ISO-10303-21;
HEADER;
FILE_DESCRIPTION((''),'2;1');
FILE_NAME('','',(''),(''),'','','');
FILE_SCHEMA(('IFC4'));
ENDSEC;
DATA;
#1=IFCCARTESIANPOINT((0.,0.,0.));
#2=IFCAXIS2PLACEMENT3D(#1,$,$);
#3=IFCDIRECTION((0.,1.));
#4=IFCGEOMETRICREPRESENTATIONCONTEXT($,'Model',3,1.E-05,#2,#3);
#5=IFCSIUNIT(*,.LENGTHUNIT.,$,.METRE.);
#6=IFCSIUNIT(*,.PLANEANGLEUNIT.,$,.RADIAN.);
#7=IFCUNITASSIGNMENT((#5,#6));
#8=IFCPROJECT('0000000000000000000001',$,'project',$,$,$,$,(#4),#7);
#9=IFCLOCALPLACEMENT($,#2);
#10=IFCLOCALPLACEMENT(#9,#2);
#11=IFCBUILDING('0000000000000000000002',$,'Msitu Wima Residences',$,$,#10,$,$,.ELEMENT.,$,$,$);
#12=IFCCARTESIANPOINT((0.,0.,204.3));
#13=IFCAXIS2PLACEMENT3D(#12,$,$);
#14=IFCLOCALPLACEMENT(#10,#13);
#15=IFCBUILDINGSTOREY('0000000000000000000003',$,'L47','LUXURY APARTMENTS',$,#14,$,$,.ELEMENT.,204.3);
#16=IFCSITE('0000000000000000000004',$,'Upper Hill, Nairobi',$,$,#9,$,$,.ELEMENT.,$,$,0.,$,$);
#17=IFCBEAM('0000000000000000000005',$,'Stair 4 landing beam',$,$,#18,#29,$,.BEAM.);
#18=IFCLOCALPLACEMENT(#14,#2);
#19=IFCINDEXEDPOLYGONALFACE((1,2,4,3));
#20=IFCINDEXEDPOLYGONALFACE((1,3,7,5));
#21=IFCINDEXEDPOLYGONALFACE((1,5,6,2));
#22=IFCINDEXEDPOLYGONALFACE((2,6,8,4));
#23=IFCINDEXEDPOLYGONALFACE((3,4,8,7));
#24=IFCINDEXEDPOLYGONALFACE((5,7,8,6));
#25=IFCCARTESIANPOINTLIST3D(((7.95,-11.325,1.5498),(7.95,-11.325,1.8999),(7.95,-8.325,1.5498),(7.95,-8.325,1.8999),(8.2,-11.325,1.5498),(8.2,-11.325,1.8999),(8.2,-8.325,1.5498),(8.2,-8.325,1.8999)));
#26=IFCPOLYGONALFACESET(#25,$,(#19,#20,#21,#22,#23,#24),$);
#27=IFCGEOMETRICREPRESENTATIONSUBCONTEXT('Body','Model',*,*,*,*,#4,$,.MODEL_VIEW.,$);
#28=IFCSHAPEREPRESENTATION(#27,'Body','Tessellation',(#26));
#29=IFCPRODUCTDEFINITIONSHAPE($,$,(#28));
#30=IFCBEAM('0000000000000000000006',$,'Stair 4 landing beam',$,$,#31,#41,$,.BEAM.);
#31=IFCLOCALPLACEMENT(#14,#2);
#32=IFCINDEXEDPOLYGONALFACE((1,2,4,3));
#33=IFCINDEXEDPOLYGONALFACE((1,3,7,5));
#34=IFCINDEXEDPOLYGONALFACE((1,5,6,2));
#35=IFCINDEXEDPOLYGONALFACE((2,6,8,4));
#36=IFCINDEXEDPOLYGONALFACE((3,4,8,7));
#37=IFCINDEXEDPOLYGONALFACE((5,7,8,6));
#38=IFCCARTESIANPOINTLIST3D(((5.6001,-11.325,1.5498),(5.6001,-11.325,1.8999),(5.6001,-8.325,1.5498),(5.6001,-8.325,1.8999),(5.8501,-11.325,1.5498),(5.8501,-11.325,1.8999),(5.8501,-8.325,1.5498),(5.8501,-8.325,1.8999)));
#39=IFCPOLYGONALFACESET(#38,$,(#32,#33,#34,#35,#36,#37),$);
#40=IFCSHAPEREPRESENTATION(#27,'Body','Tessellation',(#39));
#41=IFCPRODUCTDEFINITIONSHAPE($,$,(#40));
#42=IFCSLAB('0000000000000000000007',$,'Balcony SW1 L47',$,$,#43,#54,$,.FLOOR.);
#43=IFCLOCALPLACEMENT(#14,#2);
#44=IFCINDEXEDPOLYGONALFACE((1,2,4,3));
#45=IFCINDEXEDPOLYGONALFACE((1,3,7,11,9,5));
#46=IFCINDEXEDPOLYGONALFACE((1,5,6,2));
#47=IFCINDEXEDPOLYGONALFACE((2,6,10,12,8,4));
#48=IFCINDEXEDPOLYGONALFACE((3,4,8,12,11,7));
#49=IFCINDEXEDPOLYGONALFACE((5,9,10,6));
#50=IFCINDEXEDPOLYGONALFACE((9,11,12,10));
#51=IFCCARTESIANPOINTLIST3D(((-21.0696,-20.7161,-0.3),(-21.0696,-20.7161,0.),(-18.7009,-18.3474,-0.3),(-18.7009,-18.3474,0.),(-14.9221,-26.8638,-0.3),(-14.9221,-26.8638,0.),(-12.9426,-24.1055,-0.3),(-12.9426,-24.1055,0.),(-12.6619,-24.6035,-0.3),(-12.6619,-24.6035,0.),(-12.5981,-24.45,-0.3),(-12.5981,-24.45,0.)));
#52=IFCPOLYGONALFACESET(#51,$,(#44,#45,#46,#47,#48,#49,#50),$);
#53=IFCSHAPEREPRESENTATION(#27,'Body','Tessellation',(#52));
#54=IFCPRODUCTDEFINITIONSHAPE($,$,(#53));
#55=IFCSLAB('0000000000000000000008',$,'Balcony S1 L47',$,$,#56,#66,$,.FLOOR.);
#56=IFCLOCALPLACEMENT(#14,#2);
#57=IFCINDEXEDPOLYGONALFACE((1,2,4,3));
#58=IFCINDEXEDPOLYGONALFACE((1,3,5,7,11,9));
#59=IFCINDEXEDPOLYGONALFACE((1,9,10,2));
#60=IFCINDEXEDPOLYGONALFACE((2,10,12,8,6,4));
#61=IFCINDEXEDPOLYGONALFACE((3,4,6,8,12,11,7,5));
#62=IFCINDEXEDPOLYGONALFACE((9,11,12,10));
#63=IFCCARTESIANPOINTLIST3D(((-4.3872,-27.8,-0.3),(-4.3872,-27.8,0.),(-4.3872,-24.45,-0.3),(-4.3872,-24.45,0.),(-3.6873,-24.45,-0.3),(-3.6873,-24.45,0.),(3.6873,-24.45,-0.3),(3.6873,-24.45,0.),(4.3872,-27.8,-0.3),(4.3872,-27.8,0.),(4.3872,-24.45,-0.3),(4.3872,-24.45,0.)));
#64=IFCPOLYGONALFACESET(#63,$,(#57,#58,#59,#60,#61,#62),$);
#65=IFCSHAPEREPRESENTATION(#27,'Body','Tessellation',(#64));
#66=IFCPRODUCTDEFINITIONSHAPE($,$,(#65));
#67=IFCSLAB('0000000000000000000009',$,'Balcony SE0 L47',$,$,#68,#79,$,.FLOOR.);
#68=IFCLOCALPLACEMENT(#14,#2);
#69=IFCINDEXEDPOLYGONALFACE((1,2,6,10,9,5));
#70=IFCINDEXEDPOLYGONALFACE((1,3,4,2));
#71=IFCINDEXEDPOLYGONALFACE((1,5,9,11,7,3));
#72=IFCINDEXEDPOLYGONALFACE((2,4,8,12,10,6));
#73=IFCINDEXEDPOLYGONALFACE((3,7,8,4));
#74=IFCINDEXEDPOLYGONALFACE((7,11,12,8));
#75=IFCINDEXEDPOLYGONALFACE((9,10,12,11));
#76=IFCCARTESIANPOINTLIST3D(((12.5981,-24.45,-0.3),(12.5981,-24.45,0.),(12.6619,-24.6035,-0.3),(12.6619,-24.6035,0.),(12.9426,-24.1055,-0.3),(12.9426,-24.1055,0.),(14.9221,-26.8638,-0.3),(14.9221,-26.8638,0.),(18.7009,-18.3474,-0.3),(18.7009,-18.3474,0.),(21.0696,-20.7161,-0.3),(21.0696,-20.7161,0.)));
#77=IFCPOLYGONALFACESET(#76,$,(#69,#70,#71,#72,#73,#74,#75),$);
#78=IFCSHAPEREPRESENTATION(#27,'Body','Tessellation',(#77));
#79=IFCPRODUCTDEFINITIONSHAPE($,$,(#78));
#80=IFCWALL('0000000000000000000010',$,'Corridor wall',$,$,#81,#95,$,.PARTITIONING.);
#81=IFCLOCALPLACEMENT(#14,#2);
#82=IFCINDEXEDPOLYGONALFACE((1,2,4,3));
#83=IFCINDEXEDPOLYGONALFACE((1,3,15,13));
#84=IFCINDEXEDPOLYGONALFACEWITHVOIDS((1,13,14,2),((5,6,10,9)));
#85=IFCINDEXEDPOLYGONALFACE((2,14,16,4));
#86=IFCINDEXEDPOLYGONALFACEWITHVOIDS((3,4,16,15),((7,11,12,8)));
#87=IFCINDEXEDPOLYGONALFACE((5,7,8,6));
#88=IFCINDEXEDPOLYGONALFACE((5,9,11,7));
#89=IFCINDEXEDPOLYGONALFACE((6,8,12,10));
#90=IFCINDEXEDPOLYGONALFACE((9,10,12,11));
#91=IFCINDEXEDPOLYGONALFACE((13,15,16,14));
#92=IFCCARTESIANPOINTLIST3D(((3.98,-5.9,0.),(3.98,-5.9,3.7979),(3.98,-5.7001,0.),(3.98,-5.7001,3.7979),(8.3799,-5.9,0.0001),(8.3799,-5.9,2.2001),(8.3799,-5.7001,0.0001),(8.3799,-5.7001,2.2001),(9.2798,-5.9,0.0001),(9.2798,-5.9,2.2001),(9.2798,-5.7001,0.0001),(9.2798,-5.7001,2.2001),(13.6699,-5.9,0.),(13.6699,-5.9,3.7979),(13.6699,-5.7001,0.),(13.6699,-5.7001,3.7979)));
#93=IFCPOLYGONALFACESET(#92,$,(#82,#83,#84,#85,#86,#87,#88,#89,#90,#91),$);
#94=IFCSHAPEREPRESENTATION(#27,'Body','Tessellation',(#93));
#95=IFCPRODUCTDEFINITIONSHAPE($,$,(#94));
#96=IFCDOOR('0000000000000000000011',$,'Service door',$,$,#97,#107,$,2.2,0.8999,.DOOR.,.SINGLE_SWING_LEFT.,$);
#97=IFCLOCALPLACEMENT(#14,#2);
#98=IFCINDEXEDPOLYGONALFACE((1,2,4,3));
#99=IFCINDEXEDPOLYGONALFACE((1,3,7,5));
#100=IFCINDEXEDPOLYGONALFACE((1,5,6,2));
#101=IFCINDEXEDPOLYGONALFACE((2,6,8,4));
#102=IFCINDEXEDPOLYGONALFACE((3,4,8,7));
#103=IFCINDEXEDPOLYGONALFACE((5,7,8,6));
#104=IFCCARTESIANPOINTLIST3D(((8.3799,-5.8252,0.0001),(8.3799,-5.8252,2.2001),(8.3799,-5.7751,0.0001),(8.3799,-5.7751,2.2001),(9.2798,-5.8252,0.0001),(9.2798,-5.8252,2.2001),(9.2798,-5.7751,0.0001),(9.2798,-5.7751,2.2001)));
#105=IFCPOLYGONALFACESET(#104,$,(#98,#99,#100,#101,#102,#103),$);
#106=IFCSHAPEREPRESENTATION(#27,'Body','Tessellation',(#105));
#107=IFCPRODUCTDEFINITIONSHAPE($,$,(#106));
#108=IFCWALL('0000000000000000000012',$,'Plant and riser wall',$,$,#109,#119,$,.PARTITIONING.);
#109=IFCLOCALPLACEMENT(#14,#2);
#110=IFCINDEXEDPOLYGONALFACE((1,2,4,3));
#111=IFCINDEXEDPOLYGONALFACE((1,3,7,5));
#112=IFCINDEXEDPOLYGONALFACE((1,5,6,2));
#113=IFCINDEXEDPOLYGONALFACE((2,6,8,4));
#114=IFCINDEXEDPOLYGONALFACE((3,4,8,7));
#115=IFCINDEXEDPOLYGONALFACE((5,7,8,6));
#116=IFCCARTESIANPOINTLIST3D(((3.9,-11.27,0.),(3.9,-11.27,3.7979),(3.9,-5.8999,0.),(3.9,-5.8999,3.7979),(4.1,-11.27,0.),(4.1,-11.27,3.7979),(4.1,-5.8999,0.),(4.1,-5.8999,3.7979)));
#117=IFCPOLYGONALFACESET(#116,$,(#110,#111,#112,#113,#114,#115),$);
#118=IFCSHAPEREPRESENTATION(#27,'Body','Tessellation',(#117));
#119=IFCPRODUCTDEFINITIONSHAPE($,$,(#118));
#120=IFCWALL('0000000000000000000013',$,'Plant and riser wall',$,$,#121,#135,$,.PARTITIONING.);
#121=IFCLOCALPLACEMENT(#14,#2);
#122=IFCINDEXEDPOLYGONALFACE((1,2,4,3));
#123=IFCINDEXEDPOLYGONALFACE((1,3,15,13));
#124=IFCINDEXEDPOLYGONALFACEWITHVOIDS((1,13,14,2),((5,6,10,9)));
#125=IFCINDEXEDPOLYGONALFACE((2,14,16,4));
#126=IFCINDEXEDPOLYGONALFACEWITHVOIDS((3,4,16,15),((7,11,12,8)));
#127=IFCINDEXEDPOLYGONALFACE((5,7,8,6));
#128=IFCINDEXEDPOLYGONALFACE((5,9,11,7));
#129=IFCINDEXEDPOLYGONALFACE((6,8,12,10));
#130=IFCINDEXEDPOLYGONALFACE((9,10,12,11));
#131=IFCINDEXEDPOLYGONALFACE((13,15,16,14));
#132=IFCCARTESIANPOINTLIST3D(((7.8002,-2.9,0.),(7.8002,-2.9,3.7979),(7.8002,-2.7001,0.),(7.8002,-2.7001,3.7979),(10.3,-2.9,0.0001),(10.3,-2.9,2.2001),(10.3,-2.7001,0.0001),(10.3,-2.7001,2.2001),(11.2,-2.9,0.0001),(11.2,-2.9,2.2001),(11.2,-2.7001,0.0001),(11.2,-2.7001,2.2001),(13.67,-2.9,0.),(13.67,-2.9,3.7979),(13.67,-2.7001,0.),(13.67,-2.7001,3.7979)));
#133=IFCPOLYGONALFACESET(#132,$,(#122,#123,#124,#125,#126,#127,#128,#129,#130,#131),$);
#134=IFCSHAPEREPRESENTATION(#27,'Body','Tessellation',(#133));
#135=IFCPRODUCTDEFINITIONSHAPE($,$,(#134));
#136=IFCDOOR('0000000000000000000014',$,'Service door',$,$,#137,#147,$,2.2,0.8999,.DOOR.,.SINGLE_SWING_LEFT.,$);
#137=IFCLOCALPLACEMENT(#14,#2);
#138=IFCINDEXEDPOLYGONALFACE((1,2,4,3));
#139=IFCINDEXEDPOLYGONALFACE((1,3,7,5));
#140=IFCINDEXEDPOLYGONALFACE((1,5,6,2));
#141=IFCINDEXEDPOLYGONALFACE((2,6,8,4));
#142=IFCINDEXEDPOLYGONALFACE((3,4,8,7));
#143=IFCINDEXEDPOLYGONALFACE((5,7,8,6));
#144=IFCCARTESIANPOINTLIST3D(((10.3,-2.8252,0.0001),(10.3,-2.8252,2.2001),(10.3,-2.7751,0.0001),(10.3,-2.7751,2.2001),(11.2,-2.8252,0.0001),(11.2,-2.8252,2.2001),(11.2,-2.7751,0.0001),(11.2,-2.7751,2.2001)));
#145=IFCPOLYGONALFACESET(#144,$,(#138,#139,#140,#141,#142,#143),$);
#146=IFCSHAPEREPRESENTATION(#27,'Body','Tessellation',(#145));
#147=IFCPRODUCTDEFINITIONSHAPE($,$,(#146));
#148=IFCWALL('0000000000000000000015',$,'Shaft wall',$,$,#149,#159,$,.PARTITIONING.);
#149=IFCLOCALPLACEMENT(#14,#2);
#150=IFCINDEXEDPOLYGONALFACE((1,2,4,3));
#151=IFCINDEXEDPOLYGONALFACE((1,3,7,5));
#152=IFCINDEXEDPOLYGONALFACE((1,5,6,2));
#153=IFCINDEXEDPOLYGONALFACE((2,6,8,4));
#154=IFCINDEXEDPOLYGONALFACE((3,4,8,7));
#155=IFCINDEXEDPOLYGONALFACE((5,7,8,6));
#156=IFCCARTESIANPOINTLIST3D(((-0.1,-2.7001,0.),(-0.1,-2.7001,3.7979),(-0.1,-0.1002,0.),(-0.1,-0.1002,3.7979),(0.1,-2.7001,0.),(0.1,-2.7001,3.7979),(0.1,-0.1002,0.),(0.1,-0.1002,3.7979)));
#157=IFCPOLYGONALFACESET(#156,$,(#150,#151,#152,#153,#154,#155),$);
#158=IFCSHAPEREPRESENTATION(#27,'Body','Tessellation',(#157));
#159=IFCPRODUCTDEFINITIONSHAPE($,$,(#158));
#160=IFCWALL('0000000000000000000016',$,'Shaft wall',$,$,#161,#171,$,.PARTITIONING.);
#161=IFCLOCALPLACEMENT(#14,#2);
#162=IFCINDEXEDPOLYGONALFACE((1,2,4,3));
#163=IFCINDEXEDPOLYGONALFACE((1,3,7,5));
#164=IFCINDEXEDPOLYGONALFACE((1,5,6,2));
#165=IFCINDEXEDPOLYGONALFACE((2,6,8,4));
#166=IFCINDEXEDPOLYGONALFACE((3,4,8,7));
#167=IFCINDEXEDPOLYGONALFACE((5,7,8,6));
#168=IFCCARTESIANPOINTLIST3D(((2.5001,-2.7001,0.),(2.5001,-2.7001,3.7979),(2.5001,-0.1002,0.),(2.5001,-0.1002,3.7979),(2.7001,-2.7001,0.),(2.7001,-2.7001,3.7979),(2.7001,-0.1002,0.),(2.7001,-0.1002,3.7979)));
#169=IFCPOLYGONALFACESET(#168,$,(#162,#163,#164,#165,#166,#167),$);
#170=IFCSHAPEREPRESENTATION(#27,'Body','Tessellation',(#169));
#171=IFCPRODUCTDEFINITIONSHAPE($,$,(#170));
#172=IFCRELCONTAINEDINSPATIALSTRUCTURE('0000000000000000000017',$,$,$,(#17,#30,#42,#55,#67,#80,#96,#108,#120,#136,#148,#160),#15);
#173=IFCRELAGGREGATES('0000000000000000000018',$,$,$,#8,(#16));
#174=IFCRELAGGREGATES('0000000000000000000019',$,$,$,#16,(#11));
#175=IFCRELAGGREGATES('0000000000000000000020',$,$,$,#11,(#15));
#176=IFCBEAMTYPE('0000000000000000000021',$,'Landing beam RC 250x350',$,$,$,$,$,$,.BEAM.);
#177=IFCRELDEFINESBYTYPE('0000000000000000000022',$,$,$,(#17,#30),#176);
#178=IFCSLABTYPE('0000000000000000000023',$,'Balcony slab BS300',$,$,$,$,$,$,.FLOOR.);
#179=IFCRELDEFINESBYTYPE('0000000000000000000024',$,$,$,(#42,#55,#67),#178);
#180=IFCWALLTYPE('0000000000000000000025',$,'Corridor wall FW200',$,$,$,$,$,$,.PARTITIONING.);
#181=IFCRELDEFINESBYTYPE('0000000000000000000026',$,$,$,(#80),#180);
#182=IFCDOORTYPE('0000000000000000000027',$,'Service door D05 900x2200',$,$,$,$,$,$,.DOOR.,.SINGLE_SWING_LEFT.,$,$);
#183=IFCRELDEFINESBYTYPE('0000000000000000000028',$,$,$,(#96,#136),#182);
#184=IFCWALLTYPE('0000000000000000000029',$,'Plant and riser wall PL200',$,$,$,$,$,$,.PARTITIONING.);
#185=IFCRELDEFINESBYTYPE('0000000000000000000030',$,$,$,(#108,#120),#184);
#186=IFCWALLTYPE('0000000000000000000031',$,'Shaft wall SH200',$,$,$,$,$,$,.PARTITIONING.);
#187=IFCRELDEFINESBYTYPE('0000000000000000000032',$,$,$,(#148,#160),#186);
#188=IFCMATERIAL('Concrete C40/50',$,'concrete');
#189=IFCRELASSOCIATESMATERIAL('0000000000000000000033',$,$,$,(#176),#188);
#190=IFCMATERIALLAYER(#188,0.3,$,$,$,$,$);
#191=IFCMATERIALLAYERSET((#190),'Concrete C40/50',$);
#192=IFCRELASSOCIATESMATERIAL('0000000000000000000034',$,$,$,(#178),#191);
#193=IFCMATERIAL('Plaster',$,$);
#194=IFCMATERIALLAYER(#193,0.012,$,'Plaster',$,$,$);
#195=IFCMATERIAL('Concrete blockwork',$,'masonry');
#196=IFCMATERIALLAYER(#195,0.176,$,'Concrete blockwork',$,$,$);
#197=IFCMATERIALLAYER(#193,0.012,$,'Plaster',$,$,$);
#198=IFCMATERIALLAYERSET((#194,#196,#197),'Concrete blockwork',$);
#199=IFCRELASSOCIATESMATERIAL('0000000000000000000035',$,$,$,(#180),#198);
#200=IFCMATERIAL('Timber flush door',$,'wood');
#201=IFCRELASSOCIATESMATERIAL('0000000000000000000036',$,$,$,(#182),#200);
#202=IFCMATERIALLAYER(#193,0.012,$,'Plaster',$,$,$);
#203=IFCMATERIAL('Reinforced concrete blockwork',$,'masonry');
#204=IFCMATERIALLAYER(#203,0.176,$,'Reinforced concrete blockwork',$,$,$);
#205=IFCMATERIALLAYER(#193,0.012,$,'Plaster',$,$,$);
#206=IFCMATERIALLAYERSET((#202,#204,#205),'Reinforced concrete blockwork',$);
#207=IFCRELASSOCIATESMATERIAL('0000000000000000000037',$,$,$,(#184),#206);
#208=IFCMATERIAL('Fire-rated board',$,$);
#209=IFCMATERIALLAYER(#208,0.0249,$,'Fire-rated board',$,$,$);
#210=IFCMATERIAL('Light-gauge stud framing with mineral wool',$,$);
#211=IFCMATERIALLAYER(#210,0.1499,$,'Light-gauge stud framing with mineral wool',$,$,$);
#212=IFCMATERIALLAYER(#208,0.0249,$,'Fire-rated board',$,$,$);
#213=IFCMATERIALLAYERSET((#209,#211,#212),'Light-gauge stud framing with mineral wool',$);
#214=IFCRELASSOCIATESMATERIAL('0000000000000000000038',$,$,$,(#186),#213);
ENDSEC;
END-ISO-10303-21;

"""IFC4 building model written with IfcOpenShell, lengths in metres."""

from ifc_helpers import new_model, si_unit, direction, frame, frame_2d, origin, origin_2d, place, context, subcontext, project, spatial, polyline, rectangle, outline, extrude, material, layer, layer_set, material_profile, profile_set, type_object, element, fill, save


model = new_model("IFC4")

# Units and contexts
model_context = context("Model", 3, precision=1e-05, world=origin(), true_north=direction((0.0, 1.0)))
body_context = subcontext(model_context, "Body", "Model", "MODEL_VIEW")
ifc_project = project(units=[si_unit("LENGTHUNIT", "METRE"), si_unit("PLANEANGLEUNIT", "RADIAN")], contexts=[model_context])

# Site, building, storey
site_placement = place(None, origin())
site = spatial("IfcSite", under=ifc_project, at=site_placement, Name="Upper Hill, Nairobi", CompositionType="ELEMENT", RefElevation=0.0)
building_placement = place(site_placement, origin())
building = spatial("IfcBuilding", under=site, at=building_placement, Name="Msitu Wima Residences", CompositionType="ELEMENT")
storey_placement = place(building_placement, frame((0.0, 0.0, 204.3)))
storey = spatial("IfcBuildingStorey", under=building, at=storey_placement, Name="L47", Description="LUXURY APARTMENTS", CompositionType="ELEMENT", Elevation=204.3)

# Beams
ifc_material_1 = material(Name="Concrete C40/50", Category="concrete")
ifc_material_profile = material_profile(ifc_material_1, rectangle(XDim=0.25, YDim=0.3501, at=origin_2d()), Name="RC 250x350")
ifc_profile_set = profile_set([ifc_material_profile], Name="Concrete C40/50")
beam_type = type_object("IfcBeamType", Name="Landing beam RC 250x350", PredefinedType="BEAM", material=ifc_profile_set)
for number, where, z_axis, x_axis, name in (
    (1, (8.075, -11.325, 1.7249), (0.0, 1.0, 0.0), (-1.0, 0.0, 0.0), "Stair 4 landing beam"),
    (2, (5.7251, -11.325, 1.7249), (0.0, 1.0, 0.0), (-1.0, 0.0, 0.0), "Stair 4 landing beam"),
):
    element("IfcBeam", number, at=place(storey_placement, frame(where, z_axis=z_axis, x_axis=x_axis)), inside=storey, type_object=beam_type, Name=name, PredefinedType="BEAM", context=body_context, shape_type="SweptSolid", body=[
        extrude(rectangle(XDim=0.25, YDim=0.3501, at=origin_2d()), origin(), (0.0, 0.0, 1.0), 3.0),
    ])

# Slabs
ifc_layer_1 = layer(ifc_material_1, 0.3)
ifc_layer_set_1 = layer_set([ifc_layer_1], Name="Concrete C40/50")
slab_type = type_object("IfcSlabType", Name="Balcony slab BS300", PredefinedType="FLOOR", material=ifc_layer_set_1)
slab_1_placement = place(storey_placement, frame((0.0, 0.0, -0.3)))
element("IfcSlab", 3, at=slab_1_placement, inside=storey, type_object=slab_type, Name="Balcony SW1 L47", PredefinedType="FLOOR", context=body_context, shape_type="SweptSolid", body=[
    extrude(outline(polyline([(-12.9426, -24.1055), (-12.9426, -24.1055), (-12.5981, -24.45), (-12.6619, -24.6035), (-14.9221, -26.8638), (-21.0696, -20.7161), (-18.7009, -18.3474), (-12.9426, -24.1055), (-12.9426, -24.1055)])), origin(), (0.0, 0.0, 1.0), 0.3),
])
slab_2_placement = place(storey_placement, frame((0.0, 0.0, -0.3)))
element("IfcSlab", 4, at=slab_2_placement, inside=storey, type_object=slab_type, Name="Balcony S1 L47", PredefinedType="FLOOR", context=body_context, shape_type="SweptSolid", body=[
    extrude(outline(polyline([(-3.6873, -24.45), (3.6873, -24.45), (4.3872, -24.45), (4.3872, -27.8), (-4.3872, -27.8), (-4.3872, -24.45), (-3.6873, -24.45)])), origin(), (0.0, 0.0, 1.0), 0.3),
])
slab_3_placement = place(storey_placement, frame((0.0, 0.0, -0.3)))
element("IfcSlab", 5, at=slab_3_placement, inside=storey, type_object=slab_type, Name="Balcony SE0 L47", PredefinedType="FLOOR", context=body_context, shape_type="SweptSolid", body=[
    extrude(outline(polyline([(12.9426, -24.1055), (12.9426, -24.1055), (18.7009, -18.3474), (21.0696, -20.7161), (14.9221, -26.8638), (12.6619, -24.6035), (12.5981, -24.45), (12.9426, -24.1055), (12.9426, -24.1055)])), origin(), (0.0, 0.0, 1.0), 0.3),
])

# Wall, opening, door
ifc_material_2 = material(Name="Plaster")
ifc_layer_2 = layer(ifc_material_2, 0.012, Name="Plaster")
ifc_material_3 = material(Name="Concrete blockwork", Category="masonry")
ifc_layer_3 = layer(ifc_material_3, 0.176, Name="Concrete blockwork")
ifc_layer_4 = layer(ifc_material_2, 0.012, Name="Plaster")
ifc_layer_set_2 = layer_set([ifc_layer_2, ifc_layer_3, ifc_layer_4], Name="Concrete blockwork")
wall_type_1 = type_object("IfcWallType", Name="Corridor wall FW200", PredefinedType="PARTITIONING", material=ifc_layer_set_2)
wall_1_placement = place(storey_placement, frame((3.98, -5.8, 0.0), z_axis=(0.0, 0.0, 1.0), x_axis=(1.0, 0.0, 0.0)))
wall_1 = element("IfcWall", 6, at=wall_1_placement, inside=storey, type_object=wall_type_1, Name="Corridor wall", PredefinedType="PARTITIONING", context=body_context, shape_type="SweptSolid", body=[
    extrude(rectangle(XDim=9.6899, YDim=0.2, at=frame_2d((4.845, 0.0))), origin(), (0.0, 0.0, 1.0), 3.7979),
])
opening_1_placement = place(wall_1_placement, frame((4.3999, 0.0, 0.0)))
opening_1 = element("IfcOpeningElement", 7, at=opening_1_placement, cuts=wall_1, PredefinedType="OPENING", context=body_context, shape_type="SweptSolid", body=[
    extrude(rectangle(XDim=0.8999, YDim=2.2, at=frame_2d((0.45, 1.1001))), frame((0.0, 0.1099, 0.0), z_axis=(0.0, -1.0, 0.0), x_axis=(1.0, 0.0, 0.0)), (0.0, 0.0, 1.0), 0.22),
])
ifc_material_4 = material(Name="Timber flush door", Category="wood")
door_type = type_object("IfcDoorType", Name="Service door D05 900x2200", OperationType="SINGLE_SWING_LEFT", PredefinedType="DOOR", material=ifc_material_4)
door_1_placement = place(opening_1_placement, origin())
door_1 = element("IfcDoor", 8, at=door_1_placement, inside=storey, type_object=door_type, Name="Service door", OperationType="SINGLE_SWING_LEFT", OverallHeight=2.2, OverallWidth=0.8999, PredefinedType="DOOR", context=body_context, shape_type="SweptSolid", body=[
    extrude(rectangle(XDim=0.8999, YDim=2.2, at=frame_2d((0.45, 1.1001))), frame((0.0, 0.0249, 0.0), z_axis=(0.0, -1.0, 0.0), x_axis=(1.0, 0.0, 0.0)), (0.0, 0.0, 1.0), 0.05),
])
fill(opening_1, door_1)

# Wall
ifc_layer_5 = layer(ifc_material_2, 0.012, Name="Plaster")
ifc_material_5 = material(Name="Reinforced concrete blockwork", Category="masonry")
ifc_layer_6 = layer(ifc_material_5, 0.176, Name="Reinforced concrete blockwork")
ifc_layer_7 = layer(ifc_material_2, 0.012, Name="Plaster")
ifc_layer_set_3 = layer_set([ifc_layer_5, ifc_layer_6, ifc_layer_7], Name="Reinforced concrete blockwork")
wall_type_2 = type_object("IfcWallType", Name="Plant and riser wall PL200", PredefinedType="PARTITIONING", material=ifc_layer_set_3)
wall_2_placement = place(storey_placement, frame((4.0, -11.27, 0.0), z_axis=(0.0, 0.0, 1.0), x_axis=(0.0, 1.0, 0.0)))
element("IfcWall", 9, at=wall_2_placement, inside=storey, type_object=wall_type_2, Name="Plant and riser wall", PredefinedType="PARTITIONING", context=body_context, shape_type="SweptSolid", body=[
    extrude(rectangle(XDim=5.3701, YDim=0.2, at=frame_2d((2.6851, 0.0))), origin(), (0.0, 0.0, 1.0), 3.7979),
])

# Wall, opening, door
wall_3_placement = place(storey_placement, frame((7.8, -2.8, 0.0), z_axis=(0.0, 0.0, 1.0), x_axis=(1.0, 0.0, 0.0)))
wall_3 = element("IfcWall", 10, at=wall_3_placement, inside=storey, type_object=wall_type_2, Name="Plant and riser wall", PredefinedType="PARTITIONING", context=body_context, shape_type="SweptSolid", body=[
    extrude(rectangle(XDim=5.8699, YDim=0.2, at=frame_2d((2.9351, 0.0))), origin(), (0.0, 0.0, 1.0), 3.7979),
])
opening_2_placement = place(wall_3_placement, frame((2.5, 0.0, 0.0)))
opening_2 = element("IfcOpeningElement", 11, at=opening_2_placement, cuts=wall_3, PredefinedType="OPENING", context=body_context, shape_type="SweptSolid", body=[
    extrude(rectangle(XDim=0.8999, YDim=2.2, at=frame_2d((0.45, 1.1001))), frame((0.0, 0.1099, 0.0), z_axis=(0.0, -1.0, 0.0), x_axis=(1.0, 0.0, 0.0)), (0.0, 0.0, 1.0), 0.22),
])
door_2_placement = place(opening_2_placement, origin())
door_2 = element("IfcDoor", 12, at=door_2_placement, inside=storey, type_object=door_type, Name="Service door", OperationType="SINGLE_SWING_LEFT", OverallHeight=2.2, OverallWidth=0.8999, PredefinedType="DOOR", context=body_context, shape_type="SweptSolid", body=[
    extrude(rectangle(XDim=0.8999, YDim=2.2, at=frame_2d((0.45, 1.1001))), frame((0.0, 0.0249, 0.0), z_axis=(0.0, -1.0, 0.0), x_axis=(1.0, 0.0, 0.0)), (0.0, 0.0, 1.0), 0.05),
])
fill(opening_2, door_2)

# Walls
ifc_material_6 = material(Name="Fire-rated board")
ifc_layer_8 = layer(ifc_material_6, 0.0249, Name="Fire-rated board")
ifc_material_7 = material(Name="Light-gauge stud framing with mineral wool")
ifc_layer_9 = layer(ifc_material_7, 0.1499, Name="Light-gauge stud framing with mineral wool")
ifc_layer_10 = layer(ifc_material_6, 0.0249, Name="Fire-rated board")
ifc_layer_set_4 = layer_set([ifc_layer_8, ifc_layer_9, ifc_layer_10], Name="Light-gauge stud framing with mineral wool")
wall_type_3 = type_object("IfcWallType", Name="Shaft wall SH200", PredefinedType="PARTITIONING", material=ifc_layer_set_4)
for number, where, z_axis, x_axis, name in (
    (13, (0.0, -2.7, 0.0), (0.0, 0.0, 1.0), (0.0, 1.0, 0.0), "Shaft wall"),
    (14, (2.6001, -2.7, 0.0), (0.0, 0.0, 1.0), (0.0, 1.0, 0.0), "Shaft wall"),
):
    element("IfcWall", number, at=place(storey_placement, frame(where, z_axis=z_axis, x_axis=x_axis)), inside=storey, type_object=wall_type_3, Name=name, PredefinedType="PARTITIONING", context=body_context, shape_type="SweptSolid", body=[
        extrude(rectangle(XDim=2.5999, YDim=0.2, at=frame_2d((1.2998, 0.0))), origin(), (0.0, 0.0, 1.0), 3.7979),
    ])

save(model, "model.ifc")
